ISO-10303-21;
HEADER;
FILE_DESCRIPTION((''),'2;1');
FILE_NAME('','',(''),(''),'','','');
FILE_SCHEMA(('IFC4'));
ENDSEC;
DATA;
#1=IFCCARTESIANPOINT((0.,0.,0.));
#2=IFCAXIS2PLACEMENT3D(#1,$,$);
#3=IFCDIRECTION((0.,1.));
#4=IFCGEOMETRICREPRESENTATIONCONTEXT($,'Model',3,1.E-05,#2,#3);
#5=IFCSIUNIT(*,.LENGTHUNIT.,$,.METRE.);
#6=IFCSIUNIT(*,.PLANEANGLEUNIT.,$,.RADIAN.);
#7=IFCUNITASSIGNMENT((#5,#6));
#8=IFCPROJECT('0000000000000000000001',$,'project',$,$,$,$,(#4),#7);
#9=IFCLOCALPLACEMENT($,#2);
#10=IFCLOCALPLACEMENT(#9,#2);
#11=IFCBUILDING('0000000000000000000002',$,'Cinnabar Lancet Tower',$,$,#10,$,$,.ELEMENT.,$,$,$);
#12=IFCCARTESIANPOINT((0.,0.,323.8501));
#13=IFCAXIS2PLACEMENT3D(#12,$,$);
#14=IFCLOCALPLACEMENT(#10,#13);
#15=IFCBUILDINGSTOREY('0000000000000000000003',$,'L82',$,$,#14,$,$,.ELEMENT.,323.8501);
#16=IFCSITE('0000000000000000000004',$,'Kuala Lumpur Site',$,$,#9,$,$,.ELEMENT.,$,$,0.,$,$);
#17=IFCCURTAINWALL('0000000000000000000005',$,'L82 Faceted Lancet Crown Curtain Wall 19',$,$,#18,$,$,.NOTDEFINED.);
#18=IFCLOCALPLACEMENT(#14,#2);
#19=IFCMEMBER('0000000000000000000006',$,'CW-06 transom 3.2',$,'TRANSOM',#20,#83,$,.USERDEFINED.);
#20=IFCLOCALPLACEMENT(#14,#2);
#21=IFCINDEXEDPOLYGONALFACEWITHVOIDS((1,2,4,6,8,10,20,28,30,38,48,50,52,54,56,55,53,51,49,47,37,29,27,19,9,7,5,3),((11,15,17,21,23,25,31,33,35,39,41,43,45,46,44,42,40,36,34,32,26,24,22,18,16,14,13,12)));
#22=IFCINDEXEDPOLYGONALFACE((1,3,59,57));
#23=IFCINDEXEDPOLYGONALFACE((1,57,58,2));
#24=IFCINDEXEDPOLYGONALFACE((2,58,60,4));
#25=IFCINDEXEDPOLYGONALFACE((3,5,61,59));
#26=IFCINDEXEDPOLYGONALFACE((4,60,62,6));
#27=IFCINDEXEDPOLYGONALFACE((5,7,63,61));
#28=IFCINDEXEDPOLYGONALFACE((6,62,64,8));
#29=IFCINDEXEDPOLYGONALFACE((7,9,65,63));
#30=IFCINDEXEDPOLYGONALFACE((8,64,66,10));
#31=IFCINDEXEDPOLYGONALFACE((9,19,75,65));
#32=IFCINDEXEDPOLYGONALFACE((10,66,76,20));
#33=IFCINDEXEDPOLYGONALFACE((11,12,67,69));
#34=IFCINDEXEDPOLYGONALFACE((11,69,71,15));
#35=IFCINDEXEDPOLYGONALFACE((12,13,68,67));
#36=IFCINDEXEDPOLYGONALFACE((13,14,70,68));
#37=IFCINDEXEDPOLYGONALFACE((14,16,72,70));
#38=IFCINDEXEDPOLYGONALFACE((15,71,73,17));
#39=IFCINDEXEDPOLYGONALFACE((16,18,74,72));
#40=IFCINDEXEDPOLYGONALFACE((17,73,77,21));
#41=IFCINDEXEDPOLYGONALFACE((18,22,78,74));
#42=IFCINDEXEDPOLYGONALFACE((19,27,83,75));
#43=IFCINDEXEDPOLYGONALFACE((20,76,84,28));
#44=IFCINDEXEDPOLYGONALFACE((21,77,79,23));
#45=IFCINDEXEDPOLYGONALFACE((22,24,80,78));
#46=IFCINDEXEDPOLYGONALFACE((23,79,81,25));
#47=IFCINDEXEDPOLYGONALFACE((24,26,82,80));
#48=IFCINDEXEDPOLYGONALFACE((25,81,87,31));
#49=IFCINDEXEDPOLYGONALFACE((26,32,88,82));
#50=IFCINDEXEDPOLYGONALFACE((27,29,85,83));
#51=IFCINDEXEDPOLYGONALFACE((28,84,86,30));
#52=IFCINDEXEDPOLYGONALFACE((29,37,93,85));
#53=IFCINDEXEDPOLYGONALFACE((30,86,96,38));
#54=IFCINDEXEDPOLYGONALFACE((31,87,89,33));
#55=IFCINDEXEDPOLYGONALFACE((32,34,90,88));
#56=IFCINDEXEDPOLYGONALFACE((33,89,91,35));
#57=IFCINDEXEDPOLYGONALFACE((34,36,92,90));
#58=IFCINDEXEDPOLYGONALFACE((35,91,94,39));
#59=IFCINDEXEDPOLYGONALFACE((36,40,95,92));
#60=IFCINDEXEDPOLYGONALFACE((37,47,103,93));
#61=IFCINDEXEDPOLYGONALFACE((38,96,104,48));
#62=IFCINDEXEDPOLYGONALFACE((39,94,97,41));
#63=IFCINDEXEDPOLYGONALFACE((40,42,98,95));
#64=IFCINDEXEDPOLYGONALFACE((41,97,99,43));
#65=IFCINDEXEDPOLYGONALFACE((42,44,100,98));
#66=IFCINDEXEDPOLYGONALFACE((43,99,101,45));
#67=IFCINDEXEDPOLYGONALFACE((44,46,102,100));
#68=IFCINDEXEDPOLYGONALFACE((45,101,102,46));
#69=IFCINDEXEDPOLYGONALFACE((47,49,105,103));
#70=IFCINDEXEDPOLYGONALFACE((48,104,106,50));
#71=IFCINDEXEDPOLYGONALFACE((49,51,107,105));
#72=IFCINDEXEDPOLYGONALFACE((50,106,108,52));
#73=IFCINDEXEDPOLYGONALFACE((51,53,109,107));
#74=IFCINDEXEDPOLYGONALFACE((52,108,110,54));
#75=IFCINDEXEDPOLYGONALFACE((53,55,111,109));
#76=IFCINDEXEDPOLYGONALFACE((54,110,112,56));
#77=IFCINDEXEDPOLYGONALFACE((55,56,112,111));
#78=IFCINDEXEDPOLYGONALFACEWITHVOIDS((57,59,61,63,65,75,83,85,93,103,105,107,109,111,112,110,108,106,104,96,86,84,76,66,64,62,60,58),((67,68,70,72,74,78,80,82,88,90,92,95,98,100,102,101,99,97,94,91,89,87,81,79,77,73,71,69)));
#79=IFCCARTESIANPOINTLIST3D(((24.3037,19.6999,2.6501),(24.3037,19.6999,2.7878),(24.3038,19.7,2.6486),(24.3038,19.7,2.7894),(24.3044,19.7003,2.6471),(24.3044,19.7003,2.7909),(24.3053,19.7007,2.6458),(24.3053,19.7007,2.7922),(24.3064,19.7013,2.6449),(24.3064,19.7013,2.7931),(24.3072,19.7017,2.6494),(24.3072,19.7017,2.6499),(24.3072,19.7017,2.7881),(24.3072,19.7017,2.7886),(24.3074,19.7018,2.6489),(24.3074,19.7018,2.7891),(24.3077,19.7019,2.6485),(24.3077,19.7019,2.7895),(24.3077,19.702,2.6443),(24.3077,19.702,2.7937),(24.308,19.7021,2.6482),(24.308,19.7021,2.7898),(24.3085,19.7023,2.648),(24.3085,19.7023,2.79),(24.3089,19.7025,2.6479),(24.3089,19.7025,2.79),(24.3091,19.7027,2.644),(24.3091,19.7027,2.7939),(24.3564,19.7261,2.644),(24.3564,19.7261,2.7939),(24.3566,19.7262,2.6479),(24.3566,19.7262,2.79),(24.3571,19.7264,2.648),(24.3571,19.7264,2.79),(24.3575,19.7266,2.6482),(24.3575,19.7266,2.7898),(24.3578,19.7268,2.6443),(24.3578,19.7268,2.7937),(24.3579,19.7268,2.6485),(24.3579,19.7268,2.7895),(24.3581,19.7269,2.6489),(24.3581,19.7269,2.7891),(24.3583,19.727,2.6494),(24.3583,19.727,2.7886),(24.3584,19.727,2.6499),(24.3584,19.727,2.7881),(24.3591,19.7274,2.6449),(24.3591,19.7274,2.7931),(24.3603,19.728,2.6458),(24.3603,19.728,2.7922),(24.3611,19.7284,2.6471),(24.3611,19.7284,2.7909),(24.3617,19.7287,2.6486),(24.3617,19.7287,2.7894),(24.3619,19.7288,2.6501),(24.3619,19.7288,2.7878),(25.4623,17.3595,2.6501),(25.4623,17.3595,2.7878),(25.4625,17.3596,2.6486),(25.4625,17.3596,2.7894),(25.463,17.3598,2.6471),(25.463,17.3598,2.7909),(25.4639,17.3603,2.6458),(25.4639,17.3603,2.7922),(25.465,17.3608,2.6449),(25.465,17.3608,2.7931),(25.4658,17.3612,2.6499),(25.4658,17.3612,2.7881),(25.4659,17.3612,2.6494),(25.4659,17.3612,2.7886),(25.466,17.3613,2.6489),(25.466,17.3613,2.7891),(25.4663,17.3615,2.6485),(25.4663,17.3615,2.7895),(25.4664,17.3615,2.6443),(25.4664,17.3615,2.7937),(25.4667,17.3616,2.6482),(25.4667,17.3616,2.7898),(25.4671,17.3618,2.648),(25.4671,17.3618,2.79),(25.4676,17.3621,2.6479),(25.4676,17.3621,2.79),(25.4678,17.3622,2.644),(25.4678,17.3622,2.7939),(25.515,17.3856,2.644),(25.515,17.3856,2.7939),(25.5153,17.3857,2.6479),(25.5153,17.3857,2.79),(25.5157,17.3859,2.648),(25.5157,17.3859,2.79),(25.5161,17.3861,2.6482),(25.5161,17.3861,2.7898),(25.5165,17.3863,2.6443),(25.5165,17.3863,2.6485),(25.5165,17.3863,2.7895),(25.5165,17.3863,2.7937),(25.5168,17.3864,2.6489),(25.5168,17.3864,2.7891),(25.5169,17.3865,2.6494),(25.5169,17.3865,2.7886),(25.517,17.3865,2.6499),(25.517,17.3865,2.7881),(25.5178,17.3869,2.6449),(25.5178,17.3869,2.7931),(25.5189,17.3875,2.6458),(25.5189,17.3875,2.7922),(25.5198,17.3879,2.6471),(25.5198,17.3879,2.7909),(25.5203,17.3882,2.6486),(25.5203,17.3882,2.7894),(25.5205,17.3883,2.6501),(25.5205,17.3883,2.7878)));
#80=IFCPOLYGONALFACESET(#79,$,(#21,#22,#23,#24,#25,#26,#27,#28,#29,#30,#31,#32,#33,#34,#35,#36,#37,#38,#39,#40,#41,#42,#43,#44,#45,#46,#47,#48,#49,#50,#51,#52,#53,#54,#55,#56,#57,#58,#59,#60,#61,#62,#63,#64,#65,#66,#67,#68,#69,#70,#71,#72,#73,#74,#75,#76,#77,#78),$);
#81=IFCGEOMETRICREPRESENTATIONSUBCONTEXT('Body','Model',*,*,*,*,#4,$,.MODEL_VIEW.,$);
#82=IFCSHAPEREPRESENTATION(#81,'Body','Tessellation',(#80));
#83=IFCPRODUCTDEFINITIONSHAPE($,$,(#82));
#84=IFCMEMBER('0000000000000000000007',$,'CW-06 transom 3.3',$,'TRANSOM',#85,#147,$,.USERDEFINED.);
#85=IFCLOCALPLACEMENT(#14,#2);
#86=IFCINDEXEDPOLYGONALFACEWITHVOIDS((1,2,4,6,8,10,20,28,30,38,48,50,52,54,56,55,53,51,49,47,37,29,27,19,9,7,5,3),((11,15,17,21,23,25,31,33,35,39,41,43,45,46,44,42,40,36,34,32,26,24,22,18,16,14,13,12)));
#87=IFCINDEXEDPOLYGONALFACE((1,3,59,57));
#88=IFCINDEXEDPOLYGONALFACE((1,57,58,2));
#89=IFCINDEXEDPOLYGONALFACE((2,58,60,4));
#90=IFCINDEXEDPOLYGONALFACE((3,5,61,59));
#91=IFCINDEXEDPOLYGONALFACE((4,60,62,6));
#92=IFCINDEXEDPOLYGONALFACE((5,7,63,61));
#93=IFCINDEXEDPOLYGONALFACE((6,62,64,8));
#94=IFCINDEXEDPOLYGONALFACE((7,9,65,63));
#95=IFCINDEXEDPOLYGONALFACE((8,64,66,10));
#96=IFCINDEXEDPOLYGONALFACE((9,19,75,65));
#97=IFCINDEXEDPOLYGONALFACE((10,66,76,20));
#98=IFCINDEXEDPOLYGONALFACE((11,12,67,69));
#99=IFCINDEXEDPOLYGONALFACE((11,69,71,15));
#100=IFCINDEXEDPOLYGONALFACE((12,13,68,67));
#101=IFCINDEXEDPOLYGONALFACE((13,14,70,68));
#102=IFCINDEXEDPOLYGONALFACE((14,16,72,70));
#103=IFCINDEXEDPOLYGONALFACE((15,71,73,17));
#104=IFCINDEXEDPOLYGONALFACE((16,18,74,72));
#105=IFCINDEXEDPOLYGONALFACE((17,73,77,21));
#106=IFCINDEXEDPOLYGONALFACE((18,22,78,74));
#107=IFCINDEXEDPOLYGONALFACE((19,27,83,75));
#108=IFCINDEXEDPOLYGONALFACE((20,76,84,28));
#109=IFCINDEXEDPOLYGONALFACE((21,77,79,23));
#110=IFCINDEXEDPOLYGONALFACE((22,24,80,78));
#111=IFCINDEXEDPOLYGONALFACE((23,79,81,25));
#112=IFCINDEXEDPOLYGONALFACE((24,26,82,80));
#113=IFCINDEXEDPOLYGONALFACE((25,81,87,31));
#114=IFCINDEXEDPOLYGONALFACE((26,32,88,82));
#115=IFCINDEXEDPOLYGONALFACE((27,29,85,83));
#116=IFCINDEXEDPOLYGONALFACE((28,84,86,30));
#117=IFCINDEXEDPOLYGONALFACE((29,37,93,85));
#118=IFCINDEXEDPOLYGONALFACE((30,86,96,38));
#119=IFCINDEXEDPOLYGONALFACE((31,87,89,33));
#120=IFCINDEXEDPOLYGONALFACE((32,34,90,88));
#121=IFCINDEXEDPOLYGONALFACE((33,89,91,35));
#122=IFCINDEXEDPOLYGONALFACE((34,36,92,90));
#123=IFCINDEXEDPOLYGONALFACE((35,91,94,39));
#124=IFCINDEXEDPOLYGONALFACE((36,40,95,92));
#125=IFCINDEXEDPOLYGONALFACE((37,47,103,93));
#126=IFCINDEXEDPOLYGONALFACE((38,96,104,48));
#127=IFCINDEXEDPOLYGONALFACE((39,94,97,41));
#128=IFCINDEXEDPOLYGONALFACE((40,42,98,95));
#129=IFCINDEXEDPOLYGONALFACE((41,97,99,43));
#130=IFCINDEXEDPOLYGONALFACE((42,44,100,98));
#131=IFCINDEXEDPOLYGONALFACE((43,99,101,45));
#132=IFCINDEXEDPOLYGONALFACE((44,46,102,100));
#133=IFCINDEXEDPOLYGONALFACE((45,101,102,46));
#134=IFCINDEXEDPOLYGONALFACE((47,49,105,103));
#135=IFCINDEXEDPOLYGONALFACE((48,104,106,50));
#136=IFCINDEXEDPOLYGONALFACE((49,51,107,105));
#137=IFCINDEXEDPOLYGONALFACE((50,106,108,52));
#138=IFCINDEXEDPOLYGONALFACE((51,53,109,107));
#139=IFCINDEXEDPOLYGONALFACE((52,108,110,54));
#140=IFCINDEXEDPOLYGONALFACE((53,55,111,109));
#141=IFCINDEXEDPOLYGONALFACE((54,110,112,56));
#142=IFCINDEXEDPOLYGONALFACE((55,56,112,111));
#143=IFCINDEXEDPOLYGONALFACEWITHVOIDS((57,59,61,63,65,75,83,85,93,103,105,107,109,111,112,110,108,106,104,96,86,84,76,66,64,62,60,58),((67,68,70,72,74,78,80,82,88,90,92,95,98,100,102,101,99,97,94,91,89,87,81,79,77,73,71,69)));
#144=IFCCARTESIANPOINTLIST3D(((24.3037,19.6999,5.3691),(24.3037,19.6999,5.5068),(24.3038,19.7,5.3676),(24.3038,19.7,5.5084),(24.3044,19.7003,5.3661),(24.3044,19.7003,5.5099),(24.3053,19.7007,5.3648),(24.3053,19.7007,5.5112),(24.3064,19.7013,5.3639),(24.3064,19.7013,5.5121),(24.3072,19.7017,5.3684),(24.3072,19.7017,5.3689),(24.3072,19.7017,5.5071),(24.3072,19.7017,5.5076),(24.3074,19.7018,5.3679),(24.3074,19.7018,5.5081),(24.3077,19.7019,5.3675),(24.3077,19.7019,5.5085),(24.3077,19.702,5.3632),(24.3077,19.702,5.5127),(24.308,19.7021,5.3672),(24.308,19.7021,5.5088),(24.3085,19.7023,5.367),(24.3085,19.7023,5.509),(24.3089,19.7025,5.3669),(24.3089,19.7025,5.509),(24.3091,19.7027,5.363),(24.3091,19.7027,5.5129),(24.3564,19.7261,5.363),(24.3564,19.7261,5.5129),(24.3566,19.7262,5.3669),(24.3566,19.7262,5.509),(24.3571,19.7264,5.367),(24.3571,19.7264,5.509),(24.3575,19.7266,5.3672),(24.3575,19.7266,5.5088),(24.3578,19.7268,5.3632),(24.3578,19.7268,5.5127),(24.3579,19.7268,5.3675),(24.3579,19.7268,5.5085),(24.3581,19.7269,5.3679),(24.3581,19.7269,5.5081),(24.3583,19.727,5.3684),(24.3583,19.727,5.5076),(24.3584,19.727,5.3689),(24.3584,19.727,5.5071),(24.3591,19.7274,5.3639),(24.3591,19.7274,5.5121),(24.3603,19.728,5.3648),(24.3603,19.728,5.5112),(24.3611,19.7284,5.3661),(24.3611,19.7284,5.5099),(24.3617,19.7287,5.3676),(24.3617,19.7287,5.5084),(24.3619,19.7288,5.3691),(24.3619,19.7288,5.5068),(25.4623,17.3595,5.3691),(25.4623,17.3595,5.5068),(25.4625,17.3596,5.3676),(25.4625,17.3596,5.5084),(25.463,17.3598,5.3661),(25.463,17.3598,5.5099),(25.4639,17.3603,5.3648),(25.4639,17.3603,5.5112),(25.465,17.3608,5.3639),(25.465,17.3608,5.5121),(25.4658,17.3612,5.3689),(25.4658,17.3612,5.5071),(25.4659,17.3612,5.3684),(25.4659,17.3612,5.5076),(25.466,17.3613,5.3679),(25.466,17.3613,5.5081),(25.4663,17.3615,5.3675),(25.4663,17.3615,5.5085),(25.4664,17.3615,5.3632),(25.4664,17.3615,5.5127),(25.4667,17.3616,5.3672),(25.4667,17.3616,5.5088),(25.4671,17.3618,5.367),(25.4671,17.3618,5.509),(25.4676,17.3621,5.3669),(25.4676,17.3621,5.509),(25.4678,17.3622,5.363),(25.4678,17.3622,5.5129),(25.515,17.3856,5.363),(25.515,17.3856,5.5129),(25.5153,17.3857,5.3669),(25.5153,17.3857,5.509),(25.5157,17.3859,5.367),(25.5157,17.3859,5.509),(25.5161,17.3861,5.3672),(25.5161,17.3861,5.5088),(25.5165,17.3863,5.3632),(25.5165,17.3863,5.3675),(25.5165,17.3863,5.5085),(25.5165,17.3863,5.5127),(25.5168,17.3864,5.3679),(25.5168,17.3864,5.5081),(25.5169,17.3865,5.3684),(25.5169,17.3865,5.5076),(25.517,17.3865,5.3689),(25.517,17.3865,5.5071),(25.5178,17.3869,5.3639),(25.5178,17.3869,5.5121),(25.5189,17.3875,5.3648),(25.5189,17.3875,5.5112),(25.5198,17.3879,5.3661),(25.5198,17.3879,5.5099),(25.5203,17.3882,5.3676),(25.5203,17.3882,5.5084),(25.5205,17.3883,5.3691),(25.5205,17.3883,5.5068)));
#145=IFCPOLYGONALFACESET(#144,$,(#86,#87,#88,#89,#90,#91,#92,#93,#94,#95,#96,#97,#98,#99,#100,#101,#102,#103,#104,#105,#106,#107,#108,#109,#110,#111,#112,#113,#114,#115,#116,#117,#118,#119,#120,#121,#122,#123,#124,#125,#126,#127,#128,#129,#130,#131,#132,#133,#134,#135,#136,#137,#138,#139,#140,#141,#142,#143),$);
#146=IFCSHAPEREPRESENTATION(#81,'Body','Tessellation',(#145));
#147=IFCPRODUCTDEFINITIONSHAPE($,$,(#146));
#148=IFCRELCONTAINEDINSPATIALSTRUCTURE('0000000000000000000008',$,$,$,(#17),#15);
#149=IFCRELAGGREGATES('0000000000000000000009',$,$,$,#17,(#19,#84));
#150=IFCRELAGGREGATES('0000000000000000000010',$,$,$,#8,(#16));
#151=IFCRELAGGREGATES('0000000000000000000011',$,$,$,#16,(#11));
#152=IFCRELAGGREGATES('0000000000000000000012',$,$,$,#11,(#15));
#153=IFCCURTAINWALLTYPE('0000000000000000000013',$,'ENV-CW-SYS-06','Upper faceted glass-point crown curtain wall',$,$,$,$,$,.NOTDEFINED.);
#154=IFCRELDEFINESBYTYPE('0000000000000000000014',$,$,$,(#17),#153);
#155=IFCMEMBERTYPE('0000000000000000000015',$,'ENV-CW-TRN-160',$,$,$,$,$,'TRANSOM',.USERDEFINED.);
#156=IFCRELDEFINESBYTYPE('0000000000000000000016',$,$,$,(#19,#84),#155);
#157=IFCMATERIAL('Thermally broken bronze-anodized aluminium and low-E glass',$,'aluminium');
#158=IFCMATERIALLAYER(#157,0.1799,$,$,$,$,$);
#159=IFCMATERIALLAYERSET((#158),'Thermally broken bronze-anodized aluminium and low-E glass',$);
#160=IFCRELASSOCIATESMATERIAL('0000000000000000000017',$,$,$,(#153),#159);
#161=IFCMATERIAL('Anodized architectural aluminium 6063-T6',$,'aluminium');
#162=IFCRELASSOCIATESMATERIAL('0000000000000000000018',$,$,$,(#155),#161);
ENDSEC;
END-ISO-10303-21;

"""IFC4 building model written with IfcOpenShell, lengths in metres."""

from ifc_helpers import new_model, si_unit, direction, frame, origin, origin_2d, place, context, subcontext, project, spatial, hollow_rectangle, extrude, material, layer, layer_set, material_profile, profile_set, type_object, element, aggregate, save


model = new_model("IFC4")

# Units and contexts
model_context = context("Model", 3, precision=1e-05, world=origin(), true_north=direction((0.0, 1.0)))
body_context = subcontext(model_context, "Body", "Model", "MODEL_VIEW")
ifc_project = project(units=[si_unit("LENGTHUNIT", "METRE"), si_unit("PLANEANGLEUNIT", "RADIAN")], contexts=[model_context])

# Site, building, storey
site_placement = place(None, origin())
site = spatial("IfcSite", under=ifc_project, at=site_placement, Name="Kuala Lumpur Site", CompositionType="ELEMENT", RefElevation=0.0)
building_placement = place(site_placement, origin())
building = spatial("IfcBuilding", under=site, at=building_placement, Name="Cinnabar Lancet Tower", CompositionType="ELEMENT")
storey_placement = place(building_placement, frame((0.0, 0.0, 323.8501)))
storey = spatial("IfcBuildingStorey", under=building, at=storey_placement, Name="L82", CompositionType="ELEMENT", Elevation=323.8501)

# Curtain wall
ifc_material_1 = material(Name="Thermally broken bronze-anodized aluminium and low-E glass", Category="aluminium")
ifc_layer_1 = layer(ifc_material_1, 0.1799)
ifc_layer_set_1 = layer_set([ifc_layer_1], Name="Thermally broken bronze-anodized aluminium and low-E glass")
curtain_wall_type = type_object("IfcCurtainWallType", Name="ENV-CW-SYS-06", Description="Upper faceted glass-point crown curtain wall", PredefinedType="NOTDEFINED", material=ifc_layer_set_1)
curtain_wall_1_placement = place(storey_placement, origin())
curtain_wall_1 = element("IfcCurtainWall", 1, at=curtain_wall_1_placement, inside=storey, type_object=curtain_wall_type, Name="L82 Faceted Lancet Crown Curtain Wall 19", PredefinedType="NOTDEFINED")

# Members
ifc_material_2 = material(Name="Anodized architectural aluminium 6063-T6", Category="aluminium")
ifc_material_profile_1 = material_profile(ifc_material_2, hollow_rectangle(XDim=0.0649, YDim=0.1499, WallThickness=0.0039, InnerFilletRadius=0.002, OuterFilletRadius=0.0061, at=origin_2d()), Name="CW-TRN 150x65x4")
ifc_profile_set_1 = profile_set([ifc_material_profile_1], Name="Anodized architectural aluminium 6063-T6")
member_type_1 = type_object("IfcMemberType", Name="ENV-CW-TRN-160", ElementType="TRANSOM", PredefinedType="USERDEFINED", material=ifc_profile_set_1)
member_1_placement = place(storey_placement, frame((24.3328, 19.7144, 2.719), z_axis=(0.443658, -0.896196, 0.0), x_axis=(0.896196, 0.443658, 0.0)))
member_1 = element("IfcMember", 2, at=member_1_placement, type_object=member_type_1, Name="CW-06 transom 3.2", ObjectType="TRANSOM", PredefinedType="USERDEFINED", context=body_context, shape_type="SweptSolid", body=[
    extrude(hollow_rectangle(XDim=0.0649, YDim=0.1499, WallThickness=0.0039, InnerFilletRadius=0.002, OuterFilletRadius=0.0061, at=origin_2d()), origin(), (0.0, 0.0, 1.0), 2.6116),
])
member_2_placement = place(storey_placement, frame((24.3328, 19.7144, 5.438), z_axis=(0.443658, -0.896196, 0.0), x_axis=(0.896196, 0.443658, 0.0)))
member_2 = element("IfcMember", 3, at=member_2_placement, type_object=member_type_1, Name="CW-06 transom 3.3", ObjectType="TRANSOM", PredefinedType="USERDEFINED", context=body_context, shape_type="SweptSolid", body=[
    extrude(hollow_rectangle(XDim=0.0649, YDim=0.1499, WallThickness=0.0039, InnerFilletRadius=0.002, OuterFilletRadius=0.0061, at=origin_2d()), origin(), (0.0, 0.0, 1.0), 2.6116),
])

aggregate(curtain_wall_1, [member_1, member_2])

save(model, "model.ifc")
